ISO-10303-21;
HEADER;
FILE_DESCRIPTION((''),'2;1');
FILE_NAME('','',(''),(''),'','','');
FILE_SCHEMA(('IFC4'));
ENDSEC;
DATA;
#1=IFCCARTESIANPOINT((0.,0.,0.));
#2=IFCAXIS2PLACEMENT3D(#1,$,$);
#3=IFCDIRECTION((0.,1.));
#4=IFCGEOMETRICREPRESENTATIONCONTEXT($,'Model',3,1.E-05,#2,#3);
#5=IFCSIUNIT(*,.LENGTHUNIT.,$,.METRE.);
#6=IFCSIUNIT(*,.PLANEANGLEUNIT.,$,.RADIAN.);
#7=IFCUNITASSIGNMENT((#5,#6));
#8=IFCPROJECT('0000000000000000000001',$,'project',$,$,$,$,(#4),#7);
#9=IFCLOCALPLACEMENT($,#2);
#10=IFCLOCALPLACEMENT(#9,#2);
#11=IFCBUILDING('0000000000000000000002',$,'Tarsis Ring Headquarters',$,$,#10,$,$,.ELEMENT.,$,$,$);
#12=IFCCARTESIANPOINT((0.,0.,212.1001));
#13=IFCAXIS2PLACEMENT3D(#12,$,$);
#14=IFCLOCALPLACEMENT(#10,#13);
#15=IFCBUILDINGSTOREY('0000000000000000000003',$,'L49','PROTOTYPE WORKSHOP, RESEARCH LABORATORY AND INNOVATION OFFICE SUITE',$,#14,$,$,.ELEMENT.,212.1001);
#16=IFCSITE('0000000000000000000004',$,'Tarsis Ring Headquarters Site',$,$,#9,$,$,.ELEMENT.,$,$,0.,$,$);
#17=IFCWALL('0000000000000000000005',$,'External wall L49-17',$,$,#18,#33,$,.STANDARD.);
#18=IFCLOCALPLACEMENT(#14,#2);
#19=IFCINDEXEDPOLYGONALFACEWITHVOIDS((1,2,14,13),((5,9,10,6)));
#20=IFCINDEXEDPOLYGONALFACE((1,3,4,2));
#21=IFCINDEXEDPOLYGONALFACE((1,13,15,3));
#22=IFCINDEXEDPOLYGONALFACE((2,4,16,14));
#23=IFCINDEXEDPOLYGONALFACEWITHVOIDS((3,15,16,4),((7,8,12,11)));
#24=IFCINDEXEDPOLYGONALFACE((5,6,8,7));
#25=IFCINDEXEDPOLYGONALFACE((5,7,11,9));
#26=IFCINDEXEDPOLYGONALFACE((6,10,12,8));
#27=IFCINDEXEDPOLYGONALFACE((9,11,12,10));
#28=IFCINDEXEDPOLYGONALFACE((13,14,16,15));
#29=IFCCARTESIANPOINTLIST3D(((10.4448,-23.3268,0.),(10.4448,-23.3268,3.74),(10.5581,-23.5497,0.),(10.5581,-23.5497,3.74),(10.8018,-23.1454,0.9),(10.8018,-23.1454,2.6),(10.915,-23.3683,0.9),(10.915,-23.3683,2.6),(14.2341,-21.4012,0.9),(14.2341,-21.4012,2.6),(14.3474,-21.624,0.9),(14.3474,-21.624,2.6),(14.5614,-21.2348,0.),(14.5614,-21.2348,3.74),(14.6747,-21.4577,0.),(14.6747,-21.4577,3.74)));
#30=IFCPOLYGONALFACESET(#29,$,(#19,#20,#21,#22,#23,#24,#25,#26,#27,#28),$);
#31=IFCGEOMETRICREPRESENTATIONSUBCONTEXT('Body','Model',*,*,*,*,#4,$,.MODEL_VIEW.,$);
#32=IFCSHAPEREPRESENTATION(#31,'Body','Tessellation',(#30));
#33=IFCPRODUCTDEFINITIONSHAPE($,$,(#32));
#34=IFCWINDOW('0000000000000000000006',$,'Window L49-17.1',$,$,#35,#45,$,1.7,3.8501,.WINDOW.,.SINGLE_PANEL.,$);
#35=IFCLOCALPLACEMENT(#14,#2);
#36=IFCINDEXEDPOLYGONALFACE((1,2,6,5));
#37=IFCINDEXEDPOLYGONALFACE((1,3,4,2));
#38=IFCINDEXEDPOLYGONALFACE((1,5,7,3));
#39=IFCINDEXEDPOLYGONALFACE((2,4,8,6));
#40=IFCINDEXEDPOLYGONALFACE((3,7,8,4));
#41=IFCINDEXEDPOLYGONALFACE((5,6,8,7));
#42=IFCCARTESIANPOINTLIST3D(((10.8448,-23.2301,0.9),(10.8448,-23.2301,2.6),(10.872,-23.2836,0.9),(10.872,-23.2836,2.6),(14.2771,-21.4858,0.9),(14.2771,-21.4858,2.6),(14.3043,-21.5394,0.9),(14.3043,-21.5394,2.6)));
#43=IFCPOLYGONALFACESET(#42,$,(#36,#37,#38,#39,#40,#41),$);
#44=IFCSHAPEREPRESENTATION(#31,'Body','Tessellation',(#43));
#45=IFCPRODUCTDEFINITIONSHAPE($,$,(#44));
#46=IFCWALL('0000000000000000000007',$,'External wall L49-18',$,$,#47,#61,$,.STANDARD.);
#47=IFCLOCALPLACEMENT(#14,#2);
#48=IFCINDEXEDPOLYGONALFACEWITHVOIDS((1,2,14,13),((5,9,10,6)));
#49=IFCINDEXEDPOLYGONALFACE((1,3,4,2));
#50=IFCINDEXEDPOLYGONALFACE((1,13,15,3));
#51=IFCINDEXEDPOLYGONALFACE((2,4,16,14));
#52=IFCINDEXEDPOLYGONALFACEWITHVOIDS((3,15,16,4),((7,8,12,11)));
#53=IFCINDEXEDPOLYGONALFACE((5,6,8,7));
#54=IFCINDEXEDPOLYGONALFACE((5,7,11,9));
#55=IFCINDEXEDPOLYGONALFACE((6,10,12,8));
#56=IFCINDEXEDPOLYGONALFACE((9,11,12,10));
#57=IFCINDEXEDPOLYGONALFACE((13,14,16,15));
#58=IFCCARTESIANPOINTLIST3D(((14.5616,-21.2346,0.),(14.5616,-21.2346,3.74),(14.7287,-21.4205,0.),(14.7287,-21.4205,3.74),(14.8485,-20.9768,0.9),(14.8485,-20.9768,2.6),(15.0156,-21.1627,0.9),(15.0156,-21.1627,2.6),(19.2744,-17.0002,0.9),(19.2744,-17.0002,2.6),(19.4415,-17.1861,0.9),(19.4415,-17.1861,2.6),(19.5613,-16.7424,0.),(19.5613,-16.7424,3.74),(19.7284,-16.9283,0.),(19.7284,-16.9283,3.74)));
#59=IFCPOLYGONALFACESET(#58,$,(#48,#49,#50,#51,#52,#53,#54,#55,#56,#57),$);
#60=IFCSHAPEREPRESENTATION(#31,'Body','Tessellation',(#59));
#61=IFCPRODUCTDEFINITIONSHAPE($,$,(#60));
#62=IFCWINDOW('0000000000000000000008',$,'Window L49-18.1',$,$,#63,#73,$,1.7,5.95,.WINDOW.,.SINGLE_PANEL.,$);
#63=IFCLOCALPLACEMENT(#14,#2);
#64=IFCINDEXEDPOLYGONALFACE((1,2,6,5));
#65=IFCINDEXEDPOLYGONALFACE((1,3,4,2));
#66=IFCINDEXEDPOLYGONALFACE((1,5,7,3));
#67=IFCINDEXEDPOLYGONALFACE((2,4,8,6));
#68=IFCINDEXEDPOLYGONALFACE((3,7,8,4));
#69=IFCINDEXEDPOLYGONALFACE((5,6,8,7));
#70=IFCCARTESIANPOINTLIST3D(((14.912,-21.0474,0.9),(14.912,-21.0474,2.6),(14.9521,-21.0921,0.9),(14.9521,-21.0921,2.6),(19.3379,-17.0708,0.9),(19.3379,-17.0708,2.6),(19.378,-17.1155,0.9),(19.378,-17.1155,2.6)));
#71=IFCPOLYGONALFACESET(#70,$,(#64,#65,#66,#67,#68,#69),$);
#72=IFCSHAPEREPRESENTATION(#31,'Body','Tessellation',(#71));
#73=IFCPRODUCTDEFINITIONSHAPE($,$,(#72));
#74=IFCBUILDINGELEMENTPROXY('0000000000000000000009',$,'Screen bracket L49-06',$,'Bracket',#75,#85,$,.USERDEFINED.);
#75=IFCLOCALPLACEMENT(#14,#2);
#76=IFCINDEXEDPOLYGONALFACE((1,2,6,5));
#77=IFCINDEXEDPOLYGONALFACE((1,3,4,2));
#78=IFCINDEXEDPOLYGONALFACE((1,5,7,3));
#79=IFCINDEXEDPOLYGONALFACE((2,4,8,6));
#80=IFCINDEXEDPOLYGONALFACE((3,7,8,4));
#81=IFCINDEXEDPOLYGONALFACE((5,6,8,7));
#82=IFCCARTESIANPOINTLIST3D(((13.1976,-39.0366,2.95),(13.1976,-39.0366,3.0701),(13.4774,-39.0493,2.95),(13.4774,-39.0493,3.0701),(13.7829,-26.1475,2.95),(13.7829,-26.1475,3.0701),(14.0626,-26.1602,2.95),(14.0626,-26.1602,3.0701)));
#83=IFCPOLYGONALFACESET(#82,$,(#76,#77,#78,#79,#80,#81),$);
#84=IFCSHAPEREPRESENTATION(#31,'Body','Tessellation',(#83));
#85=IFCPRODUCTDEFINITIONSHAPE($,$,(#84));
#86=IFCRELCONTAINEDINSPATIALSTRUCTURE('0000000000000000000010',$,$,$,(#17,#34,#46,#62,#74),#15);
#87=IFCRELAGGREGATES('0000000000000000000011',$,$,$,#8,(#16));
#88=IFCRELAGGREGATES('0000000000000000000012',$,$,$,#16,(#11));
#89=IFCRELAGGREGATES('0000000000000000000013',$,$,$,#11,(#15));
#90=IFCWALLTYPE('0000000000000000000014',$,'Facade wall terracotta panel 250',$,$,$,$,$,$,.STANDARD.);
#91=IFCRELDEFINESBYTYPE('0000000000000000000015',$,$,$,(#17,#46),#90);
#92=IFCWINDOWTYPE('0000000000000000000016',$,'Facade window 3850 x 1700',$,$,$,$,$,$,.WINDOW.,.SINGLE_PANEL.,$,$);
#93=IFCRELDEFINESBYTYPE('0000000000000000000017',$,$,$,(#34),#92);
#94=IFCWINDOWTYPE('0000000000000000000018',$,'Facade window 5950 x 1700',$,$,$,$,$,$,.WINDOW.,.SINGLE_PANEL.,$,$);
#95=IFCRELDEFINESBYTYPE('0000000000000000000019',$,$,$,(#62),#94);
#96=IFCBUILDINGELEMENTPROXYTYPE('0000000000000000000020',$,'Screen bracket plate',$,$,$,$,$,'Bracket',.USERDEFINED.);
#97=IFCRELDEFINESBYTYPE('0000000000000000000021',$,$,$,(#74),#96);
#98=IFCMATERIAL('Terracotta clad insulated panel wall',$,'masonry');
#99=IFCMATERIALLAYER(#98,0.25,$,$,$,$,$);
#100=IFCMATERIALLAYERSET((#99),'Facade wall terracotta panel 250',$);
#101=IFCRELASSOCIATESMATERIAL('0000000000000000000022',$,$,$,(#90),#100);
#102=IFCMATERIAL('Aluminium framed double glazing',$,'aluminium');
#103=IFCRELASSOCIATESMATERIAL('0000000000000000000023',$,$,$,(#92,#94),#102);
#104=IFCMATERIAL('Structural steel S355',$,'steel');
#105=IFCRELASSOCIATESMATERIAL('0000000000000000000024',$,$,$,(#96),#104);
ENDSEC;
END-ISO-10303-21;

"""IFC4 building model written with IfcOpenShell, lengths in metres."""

from ifc_helpers import new_model, si_unit, direction, frame, frame_2d, origin, origin_2d, place, context, subcontext, project, spatial, rectangle, extrude, material, layer, layer_set, type_object, element, fill, save


model = new_model("IFC4")

# Units and contexts
model_context = context("Model", 3, precision=1e-05, world=origin(), true_north=direction((0.0, 1.0)))
body_context = subcontext(model_context, "Body", "Model", "MODEL_VIEW")
ifc_project = project(units=[si_unit("LENGTHUNIT", "METRE"), si_unit("PLANEANGLEUNIT", "RADIAN")], contexts=[model_context])

# Site, building, storey
site_placement = place(None, origin())
site = spatial("IfcSite", under=ifc_project, at=site_placement, Name="Tarsis Ring Headquarters Site", CompositionType="ELEMENT", RefElevation=0.0)
building_placement = place(site_placement, origin())
building = spatial("IfcBuilding", under=site, at=building_placement, Name="Tarsis Ring Headquarters", CompositionType="ELEMENT")
storey_placement = place(building_placement, frame((0.0, 0.0, 212.1001)))
storey = spatial("IfcBuildingStorey", under=building, at=storey_placement, Name="L49", Description="PROTOTYPE WORKSHOP, RESEARCH LABORATORY AND INNOVATION OFFICE SUITE", CompositionType="ELEMENT", Elevation=212.1001)

# Shared definitions
ifc_material_1 = material(Name="Structural steel S355", Category="steel")

# Walls, openings, windows
ifc_material_2 = material(Name="Terracotta clad insulated panel wall", Category="masonry")
ifc_layer_1 = layer(ifc_material_2, 0.25)
ifc_layer_set_1 = layer_set([ifc_layer_1], Name="Facade wall terracotta panel 250")
wall_type_1 = type_object("IfcWallType", Name="Facade wall terracotta panel 250", PredefinedType="STANDARD", material=ifc_layer_set_1)
wall_1_placement = place(storey_placement, frame((10.5015, -23.4382, 0.0), z_axis=(0.0, 0.0, 1.0), x_axis=(0.89149, 0.453041, 0.0)))
wall_1 = element("IfcWall", 1, at=wall_1_placement, inside=storey, type_object=wall_type_1, Name="External wall L49-17", PredefinedType="STANDARD", context=body_context, shape_type="SweptSolid", body=[
    extrude(rectangle(XDim=4.6177, YDim=0.25, at=frame_2d((2.3088, 0.0))), origin(), (0.0, 0.0, 1.0), 3.74),
])
opening_1_placement = place(wall_1_placement, frame((0.4004, 0.0, 0.8999)))
opening_1 = element("IfcOpeningElement", 2, at=opening_1_placement, cuts=wall_1, PredefinedType="OPENING", context=body_context, shape_type="SweptSolid", body=[
    extrude(rectangle(XDim=3.8501, YDim=1.7, at=frame_2d((1.925, 0.8501))), frame((0.0, 0.135, 0.0), z_axis=(0.0, -1.0, 0.0), x_axis=(1.0, 0.0, 0.0)), (0.0, 0.0, 1.0), 0.27),
])
ifc_material_3 = material(Name="Aluminium framed double glazing", Category="aluminium")
window_type_1 = type_object("IfcWindowType", Name="Facade window 3850 x 1700", PartitioningType="SINGLE_PANEL", PredefinedType="WINDOW", material=ifc_material_3)
window_1_placement = place(opening_1_placement, origin())
window_1 = element("IfcWindow", 3, at=window_1_placement, inside=storey, type_object=window_type_1, Name="Window L49-17.1", OverallHeight=1.7, OverallWidth=3.8501, PartitioningType="SINGLE_PANEL", PredefinedType="WINDOW", context=body_context, shape_type="SweptSolid", body=[
    extrude(rectangle(XDim=3.8501, YDim=1.7, at=frame_2d((1.925, 0.8501))), frame((0.0, 0.03, 0.0), z_axis=(0.0, -1.0, 0.0), x_axis=(1.0, 0.0, 0.0)), (0.0, 0.0, 1.0), 0.0601),
])
fill(opening_1, window_1)
wall_2_placement = place(storey_placement, frame((14.645, -21.3276, 0.0), z_axis=(0.0, 0.0, 1.0), x_axis=(0.743856, 0.66834, 0.0)))
wall_2 = element("IfcWall", 4, at=wall_2_placement, inside=storey, type_object=wall_type_1, Name="External wall L49-18", PredefinedType="STANDARD", context=body_context, shape_type="SweptSolid", body=[
    extrude(rectangle(XDim=6.7214, YDim=0.25, at=frame_2d((3.3608, 0.0))), origin(), (0.0, 0.0, 1.0), 3.74),
])
opening_2_placement = place(wall_2_placement, frame((0.3857, 0.0, 0.8999)))
opening_2 = element("IfcOpeningElement", 5, at=opening_2_placement, cuts=wall_2, PredefinedType="OPENING", context=body_context, shape_type="SweptSolid", body=[
    extrude(rectangle(XDim=5.95, YDim=1.7, at=frame_2d((2.9751, 0.8501))), frame((0.0, 0.135, 0.0), z_axis=(0.0, -1.0, 0.0), x_axis=(1.0, 0.0, 0.0)), (0.0, 0.0, 1.0), 0.27),
])
window_type_2 = type_object("IfcWindowType", Name="Facade window 5950 x 1700", PartitioningType="SINGLE_PANEL", PredefinedType="WINDOW", material=ifc_material_3)
window_2_placement = place(opening_2_placement, origin())
window_2 = element("IfcWindow", 6, at=window_2_placement, inside=storey, type_object=window_type_2, Name="Window L49-18.1", OverallHeight=1.7, OverallWidth=5.95, PartitioningType="SINGLE_PANEL", PredefinedType="WINDOW", context=body_context, shape_type="SweptSolid", body=[
    extrude(rectangle(XDim=5.95, YDim=1.7, at=frame_2d((2.9751, 0.8501))), frame((0.0, 0.03, 0.0), z_axis=(0.0, -1.0, 0.0), x_axis=(1.0, 0.0, 0.0)), (0.0, 0.0, 1.0), 0.0601),
])
fill(opening_2, window_2)

# Building element proxy
building_element_proxy_type = type_object("IfcBuildingElementProxyType", Name="Screen bracket plate", ElementType="Bracket", PredefinedType="USERDEFINED", material=ifc_material_1)
proxy_placement = place(storey_placement, frame((13.6301, -32.5984, 2.95), z_axis=(0.0, 0.0, 1.0), x_axis=(0.045363, 0.998971, 0.0)))
element("IfcBuildingElementProxy", 7, at=proxy_placement, inside=storey, type_object=building_element_proxy_type, Name="Screen bracket L49-06", ObjectType="Bracket", PredefinedType="USERDEFINED", context=body_context, shape_type="SweptSolid", body=[
    extrude(rectangle(XDim=12.9023, YDim=0.28, at=origin_2d()), origin(), (0.0, 0.0, 1.0), 0.1201),
])

save(model, "model.ifc")
